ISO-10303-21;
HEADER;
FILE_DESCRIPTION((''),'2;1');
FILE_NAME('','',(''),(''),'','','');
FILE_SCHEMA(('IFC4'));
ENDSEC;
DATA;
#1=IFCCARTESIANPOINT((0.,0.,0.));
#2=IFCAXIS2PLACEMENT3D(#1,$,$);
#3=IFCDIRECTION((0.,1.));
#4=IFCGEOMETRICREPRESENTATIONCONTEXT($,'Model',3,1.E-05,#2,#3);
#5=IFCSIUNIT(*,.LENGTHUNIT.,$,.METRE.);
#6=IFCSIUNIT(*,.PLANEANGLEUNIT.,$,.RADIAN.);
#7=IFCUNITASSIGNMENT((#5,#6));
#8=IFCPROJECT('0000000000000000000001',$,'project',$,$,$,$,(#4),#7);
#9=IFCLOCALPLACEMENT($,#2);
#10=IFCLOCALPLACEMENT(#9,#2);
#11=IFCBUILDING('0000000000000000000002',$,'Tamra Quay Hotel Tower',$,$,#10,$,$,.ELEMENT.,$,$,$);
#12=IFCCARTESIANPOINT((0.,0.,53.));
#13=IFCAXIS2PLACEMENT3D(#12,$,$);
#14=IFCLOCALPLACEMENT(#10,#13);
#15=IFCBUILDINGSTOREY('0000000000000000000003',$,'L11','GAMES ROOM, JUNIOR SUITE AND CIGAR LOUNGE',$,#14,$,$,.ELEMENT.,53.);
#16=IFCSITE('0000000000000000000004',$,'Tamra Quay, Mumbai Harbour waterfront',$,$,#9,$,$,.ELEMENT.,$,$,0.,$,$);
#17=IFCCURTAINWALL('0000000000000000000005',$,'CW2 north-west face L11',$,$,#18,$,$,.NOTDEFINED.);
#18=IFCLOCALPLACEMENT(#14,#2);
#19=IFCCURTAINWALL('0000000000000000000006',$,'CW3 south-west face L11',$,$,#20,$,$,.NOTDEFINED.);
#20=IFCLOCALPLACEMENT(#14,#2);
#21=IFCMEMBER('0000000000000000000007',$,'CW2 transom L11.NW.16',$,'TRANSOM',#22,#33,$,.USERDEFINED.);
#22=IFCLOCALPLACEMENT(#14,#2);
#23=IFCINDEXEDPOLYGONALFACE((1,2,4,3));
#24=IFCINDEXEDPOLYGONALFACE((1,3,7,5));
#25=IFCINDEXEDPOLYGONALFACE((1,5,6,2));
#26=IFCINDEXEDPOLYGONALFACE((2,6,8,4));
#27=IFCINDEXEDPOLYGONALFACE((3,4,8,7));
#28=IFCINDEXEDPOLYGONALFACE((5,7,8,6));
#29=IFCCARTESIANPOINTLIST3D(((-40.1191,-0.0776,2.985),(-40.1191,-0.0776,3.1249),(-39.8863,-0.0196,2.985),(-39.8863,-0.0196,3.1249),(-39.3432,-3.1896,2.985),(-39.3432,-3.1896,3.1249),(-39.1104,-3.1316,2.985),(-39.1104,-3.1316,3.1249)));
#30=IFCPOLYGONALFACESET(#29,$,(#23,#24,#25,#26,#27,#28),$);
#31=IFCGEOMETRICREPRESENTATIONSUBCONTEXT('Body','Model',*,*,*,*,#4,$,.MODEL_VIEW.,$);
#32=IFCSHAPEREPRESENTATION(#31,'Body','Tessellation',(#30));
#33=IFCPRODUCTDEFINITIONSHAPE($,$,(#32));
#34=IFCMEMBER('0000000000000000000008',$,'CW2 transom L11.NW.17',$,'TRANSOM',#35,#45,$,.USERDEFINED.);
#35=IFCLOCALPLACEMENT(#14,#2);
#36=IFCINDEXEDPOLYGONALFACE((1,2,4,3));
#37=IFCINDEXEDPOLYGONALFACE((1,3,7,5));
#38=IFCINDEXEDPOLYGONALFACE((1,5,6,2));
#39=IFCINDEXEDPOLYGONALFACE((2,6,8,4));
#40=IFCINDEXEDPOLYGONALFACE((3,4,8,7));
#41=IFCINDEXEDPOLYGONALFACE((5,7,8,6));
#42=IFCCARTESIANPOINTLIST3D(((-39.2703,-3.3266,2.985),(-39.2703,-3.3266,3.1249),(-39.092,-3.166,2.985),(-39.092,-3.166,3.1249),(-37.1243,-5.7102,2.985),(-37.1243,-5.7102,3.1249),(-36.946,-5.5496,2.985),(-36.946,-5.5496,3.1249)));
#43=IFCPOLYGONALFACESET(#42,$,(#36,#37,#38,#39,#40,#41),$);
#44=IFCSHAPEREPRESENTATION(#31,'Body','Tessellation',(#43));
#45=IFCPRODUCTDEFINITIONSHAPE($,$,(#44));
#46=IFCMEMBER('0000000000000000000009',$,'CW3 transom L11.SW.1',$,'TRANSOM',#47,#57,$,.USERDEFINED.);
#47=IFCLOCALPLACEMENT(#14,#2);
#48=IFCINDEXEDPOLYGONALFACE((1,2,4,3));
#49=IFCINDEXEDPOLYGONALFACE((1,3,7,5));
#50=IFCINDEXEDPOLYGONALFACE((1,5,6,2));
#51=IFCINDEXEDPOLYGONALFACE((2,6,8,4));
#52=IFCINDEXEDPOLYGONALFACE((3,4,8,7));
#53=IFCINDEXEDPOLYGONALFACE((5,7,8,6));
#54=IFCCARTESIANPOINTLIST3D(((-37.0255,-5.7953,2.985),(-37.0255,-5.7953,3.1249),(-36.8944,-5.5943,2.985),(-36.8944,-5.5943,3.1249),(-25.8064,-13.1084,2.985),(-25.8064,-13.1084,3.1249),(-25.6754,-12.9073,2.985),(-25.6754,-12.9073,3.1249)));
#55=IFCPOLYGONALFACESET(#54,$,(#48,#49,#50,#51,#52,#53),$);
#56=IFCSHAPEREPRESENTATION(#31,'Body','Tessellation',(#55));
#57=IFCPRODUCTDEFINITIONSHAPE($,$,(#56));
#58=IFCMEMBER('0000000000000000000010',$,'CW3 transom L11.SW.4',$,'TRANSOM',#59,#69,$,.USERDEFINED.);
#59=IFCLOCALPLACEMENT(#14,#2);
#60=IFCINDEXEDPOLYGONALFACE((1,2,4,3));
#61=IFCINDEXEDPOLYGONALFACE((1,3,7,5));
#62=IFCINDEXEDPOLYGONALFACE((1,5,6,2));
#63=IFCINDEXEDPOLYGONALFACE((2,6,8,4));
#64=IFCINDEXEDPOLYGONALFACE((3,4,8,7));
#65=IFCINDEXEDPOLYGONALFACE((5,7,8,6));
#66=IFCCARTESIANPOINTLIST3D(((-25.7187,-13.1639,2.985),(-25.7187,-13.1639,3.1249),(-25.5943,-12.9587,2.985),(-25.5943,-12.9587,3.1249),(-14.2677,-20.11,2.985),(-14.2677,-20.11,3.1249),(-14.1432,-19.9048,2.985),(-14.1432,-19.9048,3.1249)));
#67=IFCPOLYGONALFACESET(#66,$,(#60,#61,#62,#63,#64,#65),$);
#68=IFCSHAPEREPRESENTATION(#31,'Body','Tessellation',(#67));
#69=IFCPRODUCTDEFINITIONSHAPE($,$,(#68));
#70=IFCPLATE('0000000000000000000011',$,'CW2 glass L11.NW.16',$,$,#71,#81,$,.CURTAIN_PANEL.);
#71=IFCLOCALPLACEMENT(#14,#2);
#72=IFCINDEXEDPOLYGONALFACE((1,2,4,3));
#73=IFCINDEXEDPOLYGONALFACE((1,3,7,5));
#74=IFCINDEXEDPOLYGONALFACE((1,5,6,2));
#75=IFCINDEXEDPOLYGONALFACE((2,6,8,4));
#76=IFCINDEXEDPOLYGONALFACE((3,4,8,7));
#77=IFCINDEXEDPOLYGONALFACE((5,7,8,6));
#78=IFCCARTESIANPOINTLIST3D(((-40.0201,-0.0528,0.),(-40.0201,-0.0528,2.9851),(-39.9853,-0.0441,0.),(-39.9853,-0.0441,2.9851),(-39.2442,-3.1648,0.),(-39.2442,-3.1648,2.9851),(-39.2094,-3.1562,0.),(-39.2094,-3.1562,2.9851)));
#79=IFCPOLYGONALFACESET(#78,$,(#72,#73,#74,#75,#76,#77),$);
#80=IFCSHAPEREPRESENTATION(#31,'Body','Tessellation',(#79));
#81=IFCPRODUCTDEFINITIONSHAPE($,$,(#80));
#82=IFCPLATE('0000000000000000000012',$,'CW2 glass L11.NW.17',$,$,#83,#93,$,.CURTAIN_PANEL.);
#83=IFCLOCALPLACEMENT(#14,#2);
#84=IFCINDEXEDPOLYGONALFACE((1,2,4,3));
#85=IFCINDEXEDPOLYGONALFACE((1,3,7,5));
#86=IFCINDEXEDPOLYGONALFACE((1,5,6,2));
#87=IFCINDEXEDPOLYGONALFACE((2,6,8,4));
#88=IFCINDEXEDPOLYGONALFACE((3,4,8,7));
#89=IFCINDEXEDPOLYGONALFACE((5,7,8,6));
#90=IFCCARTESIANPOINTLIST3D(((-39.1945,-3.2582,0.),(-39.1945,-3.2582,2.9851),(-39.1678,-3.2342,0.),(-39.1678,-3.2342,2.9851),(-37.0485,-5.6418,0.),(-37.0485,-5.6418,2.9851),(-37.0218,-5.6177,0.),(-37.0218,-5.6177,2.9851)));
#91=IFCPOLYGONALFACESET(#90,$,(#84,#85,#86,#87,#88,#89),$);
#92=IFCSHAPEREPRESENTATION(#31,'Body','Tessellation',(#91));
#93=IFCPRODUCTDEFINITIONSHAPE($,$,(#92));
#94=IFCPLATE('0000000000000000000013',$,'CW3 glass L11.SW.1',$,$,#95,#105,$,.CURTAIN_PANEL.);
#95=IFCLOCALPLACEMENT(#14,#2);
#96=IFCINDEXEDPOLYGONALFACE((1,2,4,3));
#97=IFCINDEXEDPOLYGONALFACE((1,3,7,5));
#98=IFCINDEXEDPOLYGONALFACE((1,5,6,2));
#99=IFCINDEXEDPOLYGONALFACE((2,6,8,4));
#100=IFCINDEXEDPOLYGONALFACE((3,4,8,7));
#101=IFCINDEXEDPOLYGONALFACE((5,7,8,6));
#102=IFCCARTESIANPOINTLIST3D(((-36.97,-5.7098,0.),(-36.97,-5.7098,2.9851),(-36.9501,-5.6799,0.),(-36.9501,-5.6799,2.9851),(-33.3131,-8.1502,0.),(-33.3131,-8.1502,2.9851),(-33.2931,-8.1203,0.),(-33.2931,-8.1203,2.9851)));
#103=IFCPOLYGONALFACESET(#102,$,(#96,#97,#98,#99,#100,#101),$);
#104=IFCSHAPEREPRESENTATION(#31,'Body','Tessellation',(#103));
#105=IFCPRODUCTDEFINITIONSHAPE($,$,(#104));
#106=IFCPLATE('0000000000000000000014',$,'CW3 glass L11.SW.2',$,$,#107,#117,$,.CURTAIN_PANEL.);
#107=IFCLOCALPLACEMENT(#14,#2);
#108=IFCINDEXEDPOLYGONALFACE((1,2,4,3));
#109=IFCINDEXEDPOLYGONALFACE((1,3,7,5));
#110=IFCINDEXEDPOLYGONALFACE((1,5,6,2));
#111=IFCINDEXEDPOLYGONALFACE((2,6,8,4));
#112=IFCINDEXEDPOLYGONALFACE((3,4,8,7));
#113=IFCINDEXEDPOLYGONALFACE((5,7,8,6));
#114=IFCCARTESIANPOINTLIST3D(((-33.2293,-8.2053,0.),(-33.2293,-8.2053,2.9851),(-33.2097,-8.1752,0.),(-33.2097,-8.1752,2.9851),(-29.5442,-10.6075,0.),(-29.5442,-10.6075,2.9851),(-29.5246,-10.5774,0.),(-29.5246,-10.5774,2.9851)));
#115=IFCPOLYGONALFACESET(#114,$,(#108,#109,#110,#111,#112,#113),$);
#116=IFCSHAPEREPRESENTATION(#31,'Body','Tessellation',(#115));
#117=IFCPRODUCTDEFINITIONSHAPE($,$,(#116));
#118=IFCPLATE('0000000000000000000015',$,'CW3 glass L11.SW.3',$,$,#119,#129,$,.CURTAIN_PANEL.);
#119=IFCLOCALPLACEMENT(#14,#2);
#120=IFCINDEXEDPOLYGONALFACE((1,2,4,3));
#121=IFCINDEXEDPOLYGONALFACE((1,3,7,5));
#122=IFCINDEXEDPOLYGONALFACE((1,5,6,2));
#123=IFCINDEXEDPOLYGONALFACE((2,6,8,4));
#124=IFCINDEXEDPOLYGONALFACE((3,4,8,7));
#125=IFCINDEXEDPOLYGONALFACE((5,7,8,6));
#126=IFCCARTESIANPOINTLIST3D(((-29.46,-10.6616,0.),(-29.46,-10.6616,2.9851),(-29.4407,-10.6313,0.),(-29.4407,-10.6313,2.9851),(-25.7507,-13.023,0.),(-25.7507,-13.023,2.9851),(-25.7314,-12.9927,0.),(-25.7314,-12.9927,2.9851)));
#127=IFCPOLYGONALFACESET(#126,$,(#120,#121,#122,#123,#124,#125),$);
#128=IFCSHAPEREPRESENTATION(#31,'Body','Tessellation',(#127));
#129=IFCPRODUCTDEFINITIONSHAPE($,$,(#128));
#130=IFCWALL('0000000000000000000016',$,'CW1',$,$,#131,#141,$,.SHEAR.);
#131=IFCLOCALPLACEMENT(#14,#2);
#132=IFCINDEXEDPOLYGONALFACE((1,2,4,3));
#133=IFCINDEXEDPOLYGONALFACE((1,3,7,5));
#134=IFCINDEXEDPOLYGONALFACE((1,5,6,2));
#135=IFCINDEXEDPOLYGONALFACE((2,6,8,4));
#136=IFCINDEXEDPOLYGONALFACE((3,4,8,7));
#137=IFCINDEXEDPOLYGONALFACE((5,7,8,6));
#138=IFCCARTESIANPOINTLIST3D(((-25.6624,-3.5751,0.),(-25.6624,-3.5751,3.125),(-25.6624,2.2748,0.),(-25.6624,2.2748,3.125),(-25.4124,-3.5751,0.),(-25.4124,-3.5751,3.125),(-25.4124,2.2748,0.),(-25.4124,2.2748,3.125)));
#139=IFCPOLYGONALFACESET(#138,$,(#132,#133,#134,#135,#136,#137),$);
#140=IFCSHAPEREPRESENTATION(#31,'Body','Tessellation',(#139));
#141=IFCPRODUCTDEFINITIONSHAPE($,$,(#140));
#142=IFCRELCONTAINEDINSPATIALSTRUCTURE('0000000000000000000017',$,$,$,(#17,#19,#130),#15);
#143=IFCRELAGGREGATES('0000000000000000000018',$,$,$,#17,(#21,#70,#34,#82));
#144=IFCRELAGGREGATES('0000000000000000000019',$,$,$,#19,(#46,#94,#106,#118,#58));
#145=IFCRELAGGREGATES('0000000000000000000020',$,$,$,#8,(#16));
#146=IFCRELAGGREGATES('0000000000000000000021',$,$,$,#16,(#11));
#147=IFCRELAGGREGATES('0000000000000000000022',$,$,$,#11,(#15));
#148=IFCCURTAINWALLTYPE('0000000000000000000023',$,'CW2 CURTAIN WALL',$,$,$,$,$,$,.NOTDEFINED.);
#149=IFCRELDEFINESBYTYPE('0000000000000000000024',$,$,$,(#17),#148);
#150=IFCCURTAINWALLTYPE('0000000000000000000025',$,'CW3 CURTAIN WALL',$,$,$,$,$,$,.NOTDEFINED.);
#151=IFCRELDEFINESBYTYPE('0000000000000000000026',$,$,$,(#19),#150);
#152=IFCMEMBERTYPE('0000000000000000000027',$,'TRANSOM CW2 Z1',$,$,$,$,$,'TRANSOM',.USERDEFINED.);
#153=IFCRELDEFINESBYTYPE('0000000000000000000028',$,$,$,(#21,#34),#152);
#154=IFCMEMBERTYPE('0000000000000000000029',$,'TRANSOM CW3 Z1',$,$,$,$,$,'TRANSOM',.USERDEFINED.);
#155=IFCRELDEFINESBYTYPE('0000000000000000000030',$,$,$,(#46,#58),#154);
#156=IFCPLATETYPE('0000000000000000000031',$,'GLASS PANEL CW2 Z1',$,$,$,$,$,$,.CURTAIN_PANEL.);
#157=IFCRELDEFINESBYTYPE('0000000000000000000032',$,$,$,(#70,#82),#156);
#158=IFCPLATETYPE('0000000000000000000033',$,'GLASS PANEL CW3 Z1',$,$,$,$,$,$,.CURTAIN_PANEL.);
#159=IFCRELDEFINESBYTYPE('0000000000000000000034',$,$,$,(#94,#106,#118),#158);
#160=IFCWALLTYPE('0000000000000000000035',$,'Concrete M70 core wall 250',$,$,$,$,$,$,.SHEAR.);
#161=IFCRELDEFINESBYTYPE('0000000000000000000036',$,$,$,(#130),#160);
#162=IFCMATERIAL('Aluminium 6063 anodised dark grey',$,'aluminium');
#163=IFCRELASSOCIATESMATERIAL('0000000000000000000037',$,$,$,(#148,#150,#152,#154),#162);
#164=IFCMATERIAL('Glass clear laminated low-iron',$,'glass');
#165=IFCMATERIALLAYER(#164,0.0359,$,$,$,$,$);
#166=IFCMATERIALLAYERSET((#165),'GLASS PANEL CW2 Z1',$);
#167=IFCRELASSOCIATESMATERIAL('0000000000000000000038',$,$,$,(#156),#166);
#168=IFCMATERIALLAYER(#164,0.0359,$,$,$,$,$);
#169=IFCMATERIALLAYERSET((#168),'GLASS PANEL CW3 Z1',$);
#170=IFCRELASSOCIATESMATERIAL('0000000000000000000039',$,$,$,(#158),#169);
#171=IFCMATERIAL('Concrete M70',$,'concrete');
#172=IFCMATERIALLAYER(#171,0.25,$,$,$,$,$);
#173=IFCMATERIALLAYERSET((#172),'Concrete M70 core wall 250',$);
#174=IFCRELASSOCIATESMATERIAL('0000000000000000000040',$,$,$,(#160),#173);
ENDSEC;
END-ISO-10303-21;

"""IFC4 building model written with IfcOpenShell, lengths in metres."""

from ifc_helpers import new_model, si_unit, direction, frame, frame_2d, origin, origin_2d, place, context, subcontext, project, spatial, rectangle, extrude, material, layer, layer_set, material_profile, profile_set, type_object, element, aggregate, save


model = new_model("IFC4")

# Units and contexts
model_context = context("Model", 3, precision=1e-05, world=origin(), true_north=direction((0.0, 1.0)))
body_context = subcontext(model_context, "Body", "Model", "MODEL_VIEW")
ifc_project = project(units=[si_unit("LENGTHUNIT", "METRE"), si_unit("PLANEANGLEUNIT", "RADIAN")], contexts=[model_context])

# Site, building, storey
site_placement = place(None, origin())
site = spatial("IfcSite", under=ifc_project, at=site_placement, Name="Tamra Quay, Mumbai Harbour waterfront", CompositionType="ELEMENT", RefElevation=0.0)
building_placement = place(site_placement, origin())
building = spatial("IfcBuilding", under=site, at=building_placement, Name="Tamra Quay Hotel Tower", CompositionType="ELEMENT")
storey_placement = place(building_placement, frame((0.0, 0.0, 53.0)))
storey = spatial("IfcBuildingStorey", under=building, at=storey_placement, Name="L11", Description="GAMES ROOM, JUNIOR SUITE AND CIGAR LOUNGE", CompositionType="ELEMENT", Elevation=53.0)

# Shared definitions
ifc_material_1 = material(Name="Concrete M70", Category="concrete")

# Curtain walls
ifc_material_2 = material(Name="Aluminium 6063 anodised dark grey", Category="aluminium")
curtain_wall_type_1 = type_object("IfcCurtainWallType", Name="CW2 CURTAIN WALL", PredefinedType="NOTDEFINED", material=ifc_material_2)
curtain_wall_1_placement = place(storey_placement, origin())
curtain_wall_1 = element("IfcCurtainWall", 1, at=curtain_wall_1_placement, inside=storey, type_object=curtain_wall_type_1, Name="CW2 north-west face L11", PredefinedType="NOTDEFINED")
curtain_wall_type_2 = type_object("IfcCurtainWallType", Name="CW3 CURTAIN WALL", PredefinedType="NOTDEFINED", material=ifc_material_2)
curtain_wall_2_placement = place(storey_placement, origin())
curtain_wall_2 = element("IfcCurtainWall", 2, at=curtain_wall_2_placement, inside=storey, type_object=curtain_wall_type_2, Name="CW3 south-west face L11", PredefinedType="NOTDEFINED")

# Members
ifc_material_profile_1 = material_profile(ifc_material_2, rectangle(XDim=0.24, YDim=0.1399, at=origin_2d()), Name="TRANSOM 240X140")
ifc_profile_set_1 = profile_set([ifc_material_profile_1], Name="Aluminium 6063 anodised dark grey")
member_type_1 = type_object("IfcMemberType", Name="TRANSOM CW2 Z1", ElementType="TRANSOM", PredefinedType="USERDEFINED", material=ifc_profile_set_1)
member_1_placement = place(storey_placement, frame((-40.0027, -0.0486, 3.0549), z_axis=(0.241909, -0.970299, 0.0), x_axis=(0.970299, 0.241909, 0.0)))
member_1 = element("IfcMember", 3, at=member_1_placement, type_object=member_type_1, Name="CW2 transom L11.NW.16", ObjectType="TRANSOM", PredefinedType="USERDEFINED", context=body_context, shape_type="SweptSolid", body=[
    extrude(rectangle(XDim=0.24, YDim=0.1399, at=origin_2d()), origin(), (0.0, 0.0, 1.0), 3.2073),
])
member_2_placement = place(storey_placement, frame((-39.1812, -3.2463, 3.0549), z_axis=(0.669104, -0.743169, 0.0), x_axis=(0.743169, 0.669104, 0.0)))
member_2 = element("IfcMember", 4, at=member_2_placement, type_object=member_type_1, Name="CW2 transom L11.NW.17", ObjectType="TRANSOM", PredefinedType="USERDEFINED", context=body_context, shape_type="SweptSolid", body=[
    extrude(rectangle(XDim=0.24, YDim=0.1399, at=origin_2d()), origin(), (0.0, 0.0, 1.0), 3.2073),
])
ifc_material_profile_2 = material_profile(ifc_material_2, rectangle(XDim=0.24, YDim=0.1399, at=origin_2d()), Name="TRANSOM 240X140")
ifc_profile_set_2 = profile_set([ifc_material_profile_2], Name="Aluminium 6063 anodised dark grey")
member_type_2 = type_object("IfcMemberType", Name="TRANSOM CW3 Z1", ElementType="TRANSOM", PredefinedType="USERDEFINED", material=ifc_profile_set_2)
member_3_placement = place(storey_placement, frame((-36.96, -5.6948, 3.0549), z_axis=(0.837739, -0.546071, 0.0), x_axis=(0.546071, 0.837739, 0.0)))
member_3 = element("IfcMember", 5, at=member_3_placement, type_object=member_type_2, Name="CW3 transom L11.SW.1", ObjectType="TRANSOM", PredefinedType="USERDEFINED", context=body_context, shape_type="SweptSolid", body=[
    extrude(rectangle(XDim=0.24, YDim=0.1399, at=origin_2d()), origin(), (0.0, 0.0, 1.0), 13.3921),
])
member_4_placement = place(storey_placement, frame((-25.6565, -13.0613, 3.0549), z_axis=(0.854996, -0.518634, 0.0), x_axis=(0.518634, 0.854996, 0.0)))
member_4 = element("IfcMember", 6, at=member_4_placement, type_object=member_type_2, Name="CW3 transom L11.SW.4", ObjectType="TRANSOM", PredefinedType="USERDEFINED", context=body_context, shape_type="SweptSolid", body=[
    extrude(rectangle(XDim=0.24, YDim=0.1399, at=origin_2d()), origin(), (0.0, 0.0, 1.0), 13.3931),
])

# Plates
ifc_material_3 = material(Name="Glass clear laminated low-iron", Category="glass")
ifc_layer_1 = layer(ifc_material_3, 0.0359)
ifc_layer_set_1 = layer_set([ifc_layer_1], Name="GLASS PANEL CW2 Z1")
plate_type_1 = type_object("IfcPlateType", Name="GLASS PANEL CW2 Z1", PredefinedType="CURTAIN_PANEL", material=ifc_layer_set_1)
plate_1_placement = place(storey_placement, frame((-39.6147, -1.6045, 0.0), z_axis=(0.0, 0.0, 1.0), x_axis=(0.241914, -0.970298, 0.0)))
plate_1 = element("IfcPlate", 7, at=plate_1_placement, type_object=plate_type_1, Name="CW2 glass L11.NW.16", PredefinedType="CURTAIN_PANEL", context=body_context, shape_type="SweptSolid", body=[
    extrude(rectangle(XDim=3.2073, YDim=0.0359, at=origin_2d()), origin(), (0.0, 0.0, 1.0), 2.9851),
])
plate_2_placement = place(storey_placement, frame((-38.1082, -4.438, 0.0), z_axis=(0.0, 0.0, 1.0), x_axis=(0.669112, -0.743161, 0.0)))
plate_2 = element("IfcPlate", 8, at=plate_2_placement, type_object=plate_type_1, Name="CW2 glass L11.NW.17", PredefinedType="CURTAIN_PANEL", context=body_context, shape_type="SweptSolid", body=[
    extrude(rectangle(XDim=3.2073, YDim=0.0359, at=origin_2d()), origin(), (0.0, 0.0, 1.0), 2.9851),
])
aggregate(curtain_wall_1, [member_1, plate_1, member_2, plate_2])
ifc_layer_2 = layer(ifc_material_3, 0.0359)
ifc_layer_set_2 = layer_set([ifc_layer_2], Name="GLASS PANEL CW3 Z1")
plate_type_2 = type_object("IfcPlateType", Name="GLASS PANEL CW3 Z1", PredefinedType="CURTAIN_PANEL", material=ifc_layer_set_2)
plate_3_placement = place(storey_placement, frame((-35.1316, -6.915, 0.0), z_axis=(0.0, 0.0, 1.0), x_axis=(0.831798, -0.555078, 0.0)))
plate_3 = element("IfcPlate", 9, at=plate_3_placement, type_object=plate_type_2, Name="CW3 glass L11.SW.1", PredefinedType="CURTAIN_PANEL", context=body_context, shape_type="SweptSolid", body=[
    extrude(rectangle(XDim=4.3965, YDim=0.0359, at=origin_2d()), origin(), (0.0, 0.0, 1.0), 2.9851),
])
plate_4_placement = place(storey_placement, frame((-31.377, -9.3914, 0.0), z_axis=(0.0, 0.0, 1.0), x_axis=(0.837728, -0.546088, 0.0)))
plate_4 = element("IfcPlate", 10, at=plate_4_placement, type_object=plate_type_2, Name="CW3 glass L11.SW.2", PredefinedType="CURTAIN_PANEL", context=body_context, shape_type="SweptSolid", body=[
    extrude(rectangle(XDim=4.3989, YDim=0.0359, at=origin_2d()), origin(), (0.0, 0.0, 1.0), 2.9851),
])
plate_5_placement = place(storey_placement, frame((-27.5957, -11.8271, 0.0), z_axis=(0.0, 0.0, 1.0), x_axis=(0.843571, -0.537018, 0.0)))
plate_5 = element("IfcPlate", 11, at=plate_5_placement, type_object=plate_type_2, Name="CW3 glass L11.SW.3", PredefinedType="CURTAIN_PANEL", context=body_context, shape_type="SweptSolid", body=[
    extrude(rectangle(XDim=4.3972, YDim=0.0359, at=origin_2d()), origin(), (0.0, 0.0, 1.0), 2.9851),
])
aggregate(curtain_wall_2, [member_3, plate_3, plate_4, plate_5, member_4])

# Wall
ifc_layer_3 = layer(ifc_material_1, 0.25)
ifc_layer_set_3 = layer_set([ifc_layer_3], Name="Concrete M70 core wall 250")
wall_type = type_object("IfcWallType", Name="Concrete M70 core wall 250", PredefinedType="SHEAR", material=ifc_layer_set_3)
wall_placement = place(storey_placement, frame((-25.5374, -3.575, 0.0), z_axis=(0.0, 0.0, 1.0), x_axis=(0.0, 1.0, 0.0)))
element("IfcWall", 12, at=wall_placement, inside=storey, type_object=wall_type, Name="CW1", PredefinedType="SHEAR", context=body_context, shape_type="SweptSolid", body=[
    extrude(rectangle(XDim=5.8499, YDim=0.25, at=frame_2d((2.9248, 0.0))), origin(), (0.0, 0.0, 1.0), 3.125),
])

save(model, "model.ifc")
